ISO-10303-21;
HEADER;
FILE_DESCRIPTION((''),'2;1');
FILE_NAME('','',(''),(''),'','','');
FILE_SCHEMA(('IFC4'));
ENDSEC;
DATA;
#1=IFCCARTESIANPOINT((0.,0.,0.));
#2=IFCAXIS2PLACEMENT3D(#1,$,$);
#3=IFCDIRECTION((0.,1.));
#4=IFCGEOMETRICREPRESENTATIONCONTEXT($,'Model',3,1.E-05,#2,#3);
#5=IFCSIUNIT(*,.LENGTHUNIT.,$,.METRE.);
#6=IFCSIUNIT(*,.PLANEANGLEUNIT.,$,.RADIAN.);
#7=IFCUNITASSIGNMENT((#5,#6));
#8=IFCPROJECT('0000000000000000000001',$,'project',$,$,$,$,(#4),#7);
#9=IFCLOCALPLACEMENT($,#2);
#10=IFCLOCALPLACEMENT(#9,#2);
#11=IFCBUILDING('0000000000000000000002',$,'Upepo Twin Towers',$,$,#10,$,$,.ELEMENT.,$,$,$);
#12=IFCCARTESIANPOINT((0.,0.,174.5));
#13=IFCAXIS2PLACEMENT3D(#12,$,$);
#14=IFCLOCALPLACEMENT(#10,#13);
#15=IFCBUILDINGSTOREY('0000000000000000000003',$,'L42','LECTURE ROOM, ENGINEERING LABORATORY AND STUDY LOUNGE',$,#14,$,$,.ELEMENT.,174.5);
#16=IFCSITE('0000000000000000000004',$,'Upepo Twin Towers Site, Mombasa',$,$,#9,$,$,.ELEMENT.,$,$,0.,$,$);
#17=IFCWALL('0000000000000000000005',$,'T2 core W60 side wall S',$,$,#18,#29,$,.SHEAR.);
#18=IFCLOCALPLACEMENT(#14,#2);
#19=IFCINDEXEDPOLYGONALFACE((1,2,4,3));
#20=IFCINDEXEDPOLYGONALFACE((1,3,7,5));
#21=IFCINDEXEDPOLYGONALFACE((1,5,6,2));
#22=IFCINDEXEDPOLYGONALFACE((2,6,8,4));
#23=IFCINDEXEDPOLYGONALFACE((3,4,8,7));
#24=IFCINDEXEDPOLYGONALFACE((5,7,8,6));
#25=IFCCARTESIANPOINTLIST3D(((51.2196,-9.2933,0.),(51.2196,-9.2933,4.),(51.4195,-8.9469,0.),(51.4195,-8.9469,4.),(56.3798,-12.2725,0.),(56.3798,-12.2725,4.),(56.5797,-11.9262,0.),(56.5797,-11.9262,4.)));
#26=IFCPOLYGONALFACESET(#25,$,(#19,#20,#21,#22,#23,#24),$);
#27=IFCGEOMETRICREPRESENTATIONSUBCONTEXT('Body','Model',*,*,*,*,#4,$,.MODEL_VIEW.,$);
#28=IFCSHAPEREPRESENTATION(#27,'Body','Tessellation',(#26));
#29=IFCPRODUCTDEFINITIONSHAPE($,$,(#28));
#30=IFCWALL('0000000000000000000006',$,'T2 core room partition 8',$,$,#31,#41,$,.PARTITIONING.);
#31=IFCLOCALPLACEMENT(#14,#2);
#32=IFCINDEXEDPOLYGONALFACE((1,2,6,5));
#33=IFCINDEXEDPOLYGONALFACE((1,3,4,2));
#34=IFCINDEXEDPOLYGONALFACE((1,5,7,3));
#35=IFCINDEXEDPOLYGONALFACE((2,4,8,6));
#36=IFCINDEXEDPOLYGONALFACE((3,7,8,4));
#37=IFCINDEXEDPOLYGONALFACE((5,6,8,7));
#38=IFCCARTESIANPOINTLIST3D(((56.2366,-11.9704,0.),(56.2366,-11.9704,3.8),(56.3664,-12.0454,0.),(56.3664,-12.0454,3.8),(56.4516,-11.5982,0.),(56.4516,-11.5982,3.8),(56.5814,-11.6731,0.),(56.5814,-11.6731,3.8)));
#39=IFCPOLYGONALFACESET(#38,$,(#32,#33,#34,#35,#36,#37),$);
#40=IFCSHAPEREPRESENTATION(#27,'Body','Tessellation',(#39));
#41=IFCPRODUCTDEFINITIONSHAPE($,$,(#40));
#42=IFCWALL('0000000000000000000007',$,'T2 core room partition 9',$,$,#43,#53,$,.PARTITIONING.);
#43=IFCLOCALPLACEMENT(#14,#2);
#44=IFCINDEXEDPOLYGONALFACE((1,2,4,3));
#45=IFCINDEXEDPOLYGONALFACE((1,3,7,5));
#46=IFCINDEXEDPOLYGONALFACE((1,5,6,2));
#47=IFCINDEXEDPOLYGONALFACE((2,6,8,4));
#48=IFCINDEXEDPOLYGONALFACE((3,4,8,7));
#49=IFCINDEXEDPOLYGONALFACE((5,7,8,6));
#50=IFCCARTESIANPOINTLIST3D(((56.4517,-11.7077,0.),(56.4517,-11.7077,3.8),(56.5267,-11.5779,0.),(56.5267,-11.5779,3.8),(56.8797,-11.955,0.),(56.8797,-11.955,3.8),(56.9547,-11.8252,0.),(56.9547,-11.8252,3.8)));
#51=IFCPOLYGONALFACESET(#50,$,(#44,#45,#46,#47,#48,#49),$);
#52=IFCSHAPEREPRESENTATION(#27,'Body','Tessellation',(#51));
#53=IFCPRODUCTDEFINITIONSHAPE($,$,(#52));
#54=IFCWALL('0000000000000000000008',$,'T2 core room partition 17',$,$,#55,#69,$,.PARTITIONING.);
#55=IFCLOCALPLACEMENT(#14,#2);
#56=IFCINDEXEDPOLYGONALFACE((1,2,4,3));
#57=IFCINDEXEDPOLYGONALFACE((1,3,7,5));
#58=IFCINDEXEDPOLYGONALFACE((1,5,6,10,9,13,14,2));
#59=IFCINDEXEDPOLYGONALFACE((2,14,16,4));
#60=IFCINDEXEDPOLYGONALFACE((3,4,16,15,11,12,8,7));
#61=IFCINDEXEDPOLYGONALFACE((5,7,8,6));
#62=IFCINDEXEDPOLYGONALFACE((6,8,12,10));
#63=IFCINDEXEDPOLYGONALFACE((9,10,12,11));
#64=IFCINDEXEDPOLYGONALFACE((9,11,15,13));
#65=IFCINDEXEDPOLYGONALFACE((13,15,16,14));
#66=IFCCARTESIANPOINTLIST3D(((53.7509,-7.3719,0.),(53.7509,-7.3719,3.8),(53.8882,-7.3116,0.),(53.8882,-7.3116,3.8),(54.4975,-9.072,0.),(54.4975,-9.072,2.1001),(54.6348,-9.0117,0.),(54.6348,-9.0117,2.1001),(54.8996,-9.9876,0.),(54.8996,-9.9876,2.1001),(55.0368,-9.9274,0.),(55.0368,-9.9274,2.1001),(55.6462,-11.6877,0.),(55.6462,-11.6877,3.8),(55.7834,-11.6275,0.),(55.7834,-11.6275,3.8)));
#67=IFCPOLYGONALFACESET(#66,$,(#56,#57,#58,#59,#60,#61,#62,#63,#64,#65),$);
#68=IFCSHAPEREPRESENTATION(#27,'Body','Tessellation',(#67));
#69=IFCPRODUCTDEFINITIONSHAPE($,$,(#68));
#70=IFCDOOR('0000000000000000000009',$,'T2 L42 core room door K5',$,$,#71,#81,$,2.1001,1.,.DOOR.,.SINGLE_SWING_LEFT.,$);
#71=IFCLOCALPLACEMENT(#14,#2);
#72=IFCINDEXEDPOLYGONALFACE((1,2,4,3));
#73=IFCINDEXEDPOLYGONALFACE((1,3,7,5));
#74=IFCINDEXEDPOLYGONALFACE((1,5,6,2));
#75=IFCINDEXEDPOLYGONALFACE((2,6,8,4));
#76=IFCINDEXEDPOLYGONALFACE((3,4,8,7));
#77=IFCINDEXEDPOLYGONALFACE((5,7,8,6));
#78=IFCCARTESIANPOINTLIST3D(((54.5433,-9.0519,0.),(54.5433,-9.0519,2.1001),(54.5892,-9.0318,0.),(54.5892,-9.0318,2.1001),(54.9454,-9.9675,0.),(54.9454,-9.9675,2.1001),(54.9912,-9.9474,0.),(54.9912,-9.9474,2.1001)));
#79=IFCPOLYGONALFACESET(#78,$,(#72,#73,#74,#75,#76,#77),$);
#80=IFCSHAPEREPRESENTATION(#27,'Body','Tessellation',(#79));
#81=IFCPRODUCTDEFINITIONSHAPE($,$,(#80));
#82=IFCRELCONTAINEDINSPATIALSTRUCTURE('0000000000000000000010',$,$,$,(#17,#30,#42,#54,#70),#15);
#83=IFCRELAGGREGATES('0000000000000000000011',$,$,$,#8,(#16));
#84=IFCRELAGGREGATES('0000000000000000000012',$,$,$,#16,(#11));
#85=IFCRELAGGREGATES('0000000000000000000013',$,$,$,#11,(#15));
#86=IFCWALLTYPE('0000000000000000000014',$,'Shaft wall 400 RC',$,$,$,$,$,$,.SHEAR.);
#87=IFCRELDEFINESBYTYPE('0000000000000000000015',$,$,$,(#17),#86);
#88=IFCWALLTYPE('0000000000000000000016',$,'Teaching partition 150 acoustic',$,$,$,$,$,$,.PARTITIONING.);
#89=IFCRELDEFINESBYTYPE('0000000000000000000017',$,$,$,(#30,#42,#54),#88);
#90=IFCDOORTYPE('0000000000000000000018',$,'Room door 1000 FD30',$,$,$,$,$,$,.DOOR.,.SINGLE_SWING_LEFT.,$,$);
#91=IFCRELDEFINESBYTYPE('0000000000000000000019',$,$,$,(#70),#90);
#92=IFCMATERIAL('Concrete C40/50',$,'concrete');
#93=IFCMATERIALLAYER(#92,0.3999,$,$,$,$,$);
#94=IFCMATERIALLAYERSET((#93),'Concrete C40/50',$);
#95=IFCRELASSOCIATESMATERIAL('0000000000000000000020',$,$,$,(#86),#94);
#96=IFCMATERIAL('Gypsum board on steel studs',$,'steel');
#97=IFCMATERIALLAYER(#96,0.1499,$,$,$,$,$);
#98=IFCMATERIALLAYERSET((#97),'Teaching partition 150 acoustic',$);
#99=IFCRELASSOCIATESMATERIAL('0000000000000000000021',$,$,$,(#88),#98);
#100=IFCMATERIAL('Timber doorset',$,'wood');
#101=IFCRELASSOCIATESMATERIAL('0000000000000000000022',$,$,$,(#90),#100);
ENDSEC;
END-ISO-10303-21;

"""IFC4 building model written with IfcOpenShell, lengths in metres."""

from ifc_helpers import new_model, si_unit, direction, frame, frame_2d, origin, place, context, subcontext, project, spatial, rectangle, extrude, material, layer, layer_set, type_object, element, fill, save


model = new_model("IFC4")

# Units and contexts
model_context = context("Model", 3, precision=1e-05, world=origin(), true_north=direction((0.0, 1.0)))
body_context = subcontext(model_context, "Body", "Model", "MODEL_VIEW")
ifc_project = project(units=[si_unit("LENGTHUNIT", "METRE"), si_unit("PLANEANGLEUNIT", "RADIAN")], contexts=[model_context])

# Site, building, storey
site_placement = place(None, origin())
site = spatial("IfcSite", under=ifc_project, at=site_placement, Name="Upepo Twin Towers Site, Mombasa", CompositionType="ELEMENT", RefElevation=0.0)
building_placement = place(site_placement, origin())
building = spatial("IfcBuilding", under=site, at=building_placement, Name="Upepo Twin Towers", CompositionType="ELEMENT")
storey_placement = place(building_placement, frame((0.0, 0.0, 174.5)))
storey = spatial("IfcBuildingStorey", under=building, at=storey_placement, Name="L42", Description="LECTURE ROOM, ENGINEERING LABORATORY AND STUDY LOUNGE", CompositionType="ELEMENT", Elevation=174.5)

# Walls
ifc_material_1 = material(Name="Concrete C40/50", Category="concrete")
ifc_layer_1 = layer(ifc_material_1, 0.3999)
ifc_layer_set_1 = layer_set([ifc_layer_1], Name="Concrete C40/50")
wall_type_1 = type_object("IfcWallType", Name="Shaft wall 400 RC", PredefinedType="SHEAR", material=ifc_layer_set_1)
wall_1_placement = place(storey_placement, frame((56.4797, -12.0994, 0.0), z_axis=(0.0, 0.0, 1.0), x_axis=(-0.866023, 0.500004, 0.0)))
element("IfcWall", 1, at=wall_1_placement, inside=storey, type_object=wall_type_1, Name="T2 core W60 side wall S", PredefinedType="SHEAR", context=body_context, shape_type="SweptSolid", body=[
    extrude(rectangle(XDim=5.9585, YDim=0.3999, at=frame_2d((2.9792, 0.0))), origin(), (0.0, 0.0, 1.0), 4.0),
])
ifc_material_2 = material(Name="Gypsum board on steel studs", Category="steel")
ifc_layer_2 = layer(ifc_material_2, 0.1499)
ifc_layer_set_2 = layer_set([ifc_layer_2], Name="Teaching partition 150 acoustic")
wall_type_2 = type_object("IfcWallType", Name="Teaching partition 150 acoustic", PredefinedType="PARTITIONING", material=ifc_layer_set_2)
wall_2_placement = place(storey_placement, frame((56.3015, -12.0078, 0.0), z_axis=(0.0, 0.0, 1.0), x_axis=(0.50023, 0.865892, 0.0)))
element("IfcWall", 2, at=wall_2_placement, inside=storey, type_object=wall_type_2, Name="T2 core room partition 8", PredefinedType="PARTITIONING", context=body_context, shape_type="SweptSolid", body=[
    extrude(rectangle(XDim=0.4299, YDim=0.1499, at=frame_2d((0.2148, 0.0))), origin(), (0.0, 0.0, 1.0), 3.8),
])
wall_3_placement = place(storey_placement, frame((56.4893, -11.6428, 0.0), z_axis=(0.0, 0.0, 1.0), x_axis=(0.865832, -0.500335, 0.0)))
element("IfcWall", 3, at=wall_3_placement, inside=storey, type_object=wall_type_2, Name="T2 core room partition 9", PredefinedType="PARTITIONING", context=body_context, shape_type="SweptSolid", body=[
    extrude(rectangle(XDim=0.4944, YDim=0.1499, at=frame_2d((0.2471, 0.0))), origin(), (0.0, 0.0, 1.0), 3.8),
])

# Wall, opening, door
wall_4_placement = place(storey_placement, frame((55.7148, -11.6577, 0.0), z_axis=(0.0, 0.0, 1.0), x_axis=(-0.402074, 0.915607, 0.0)))
wall_4 = element("IfcWall", 4, at=wall_4_placement, inside=storey, type_object=wall_type_2, Name="T2 core room partition 17", PredefinedType="PARTITIONING", context=body_context, shape_type="SweptSolid", body=[
    extrude(rectangle(XDim=4.7136, YDim=0.1499, at=frame_2d((2.3569, 0.0))), origin(), (0.0, 0.0, 1.0), 3.8),
])
opening_1_placement = place(wall_4_placement, frame((1.8569, 0.0, 0.0)))
opening_1 = element("IfcOpeningElement", 5, at=opening_1_placement, cuts=wall_4, PredefinedType="OPENING", context=body_context, shape_type="SweptSolid", body=[
    extrude(rectangle(XDim=1.0, YDim=2.1001, at=frame_2d((0.5, 1.05))), frame((0.0, 0.085, 0.0), z_axis=(0.0, -1.0, 0.0), x_axis=(1.0, 0.0, 0.0)), (0.0, 0.0, 1.0), 0.1699),
])
ifc_material_3 = material(Name="Timber doorset", Category="wood")
door_type_1 = type_object("IfcDoorType", Name="Room door 1000 FD30", OperationType="SINGLE_SWING_LEFT", PredefinedType="DOOR", material=ifc_material_3)
door_1_placement = place(opening_1_placement, origin())
door_1 = element("IfcDoor", 6, at=door_1_placement, inside=storey, type_object=door_type_1, Name="T2 L42 core room door K5", OperationType="SINGLE_SWING_LEFT", OverallHeight=2.1001, OverallWidth=1.0, PredefinedType="DOOR", context=body_context, shape_type="SweptSolid", body=[
    extrude(rectangle(XDim=1.0, YDim=2.1001, at=frame_2d((0.5, 1.05))), frame((0.0, 0.0249, 0.0), z_axis=(0.0, -1.0, 0.0), x_axis=(1.0, 0.0, 0.0)), (0.0, 0.0, 1.0), 0.05),
])
fill(opening_1, door_1)

save(model, "model.ifc")
